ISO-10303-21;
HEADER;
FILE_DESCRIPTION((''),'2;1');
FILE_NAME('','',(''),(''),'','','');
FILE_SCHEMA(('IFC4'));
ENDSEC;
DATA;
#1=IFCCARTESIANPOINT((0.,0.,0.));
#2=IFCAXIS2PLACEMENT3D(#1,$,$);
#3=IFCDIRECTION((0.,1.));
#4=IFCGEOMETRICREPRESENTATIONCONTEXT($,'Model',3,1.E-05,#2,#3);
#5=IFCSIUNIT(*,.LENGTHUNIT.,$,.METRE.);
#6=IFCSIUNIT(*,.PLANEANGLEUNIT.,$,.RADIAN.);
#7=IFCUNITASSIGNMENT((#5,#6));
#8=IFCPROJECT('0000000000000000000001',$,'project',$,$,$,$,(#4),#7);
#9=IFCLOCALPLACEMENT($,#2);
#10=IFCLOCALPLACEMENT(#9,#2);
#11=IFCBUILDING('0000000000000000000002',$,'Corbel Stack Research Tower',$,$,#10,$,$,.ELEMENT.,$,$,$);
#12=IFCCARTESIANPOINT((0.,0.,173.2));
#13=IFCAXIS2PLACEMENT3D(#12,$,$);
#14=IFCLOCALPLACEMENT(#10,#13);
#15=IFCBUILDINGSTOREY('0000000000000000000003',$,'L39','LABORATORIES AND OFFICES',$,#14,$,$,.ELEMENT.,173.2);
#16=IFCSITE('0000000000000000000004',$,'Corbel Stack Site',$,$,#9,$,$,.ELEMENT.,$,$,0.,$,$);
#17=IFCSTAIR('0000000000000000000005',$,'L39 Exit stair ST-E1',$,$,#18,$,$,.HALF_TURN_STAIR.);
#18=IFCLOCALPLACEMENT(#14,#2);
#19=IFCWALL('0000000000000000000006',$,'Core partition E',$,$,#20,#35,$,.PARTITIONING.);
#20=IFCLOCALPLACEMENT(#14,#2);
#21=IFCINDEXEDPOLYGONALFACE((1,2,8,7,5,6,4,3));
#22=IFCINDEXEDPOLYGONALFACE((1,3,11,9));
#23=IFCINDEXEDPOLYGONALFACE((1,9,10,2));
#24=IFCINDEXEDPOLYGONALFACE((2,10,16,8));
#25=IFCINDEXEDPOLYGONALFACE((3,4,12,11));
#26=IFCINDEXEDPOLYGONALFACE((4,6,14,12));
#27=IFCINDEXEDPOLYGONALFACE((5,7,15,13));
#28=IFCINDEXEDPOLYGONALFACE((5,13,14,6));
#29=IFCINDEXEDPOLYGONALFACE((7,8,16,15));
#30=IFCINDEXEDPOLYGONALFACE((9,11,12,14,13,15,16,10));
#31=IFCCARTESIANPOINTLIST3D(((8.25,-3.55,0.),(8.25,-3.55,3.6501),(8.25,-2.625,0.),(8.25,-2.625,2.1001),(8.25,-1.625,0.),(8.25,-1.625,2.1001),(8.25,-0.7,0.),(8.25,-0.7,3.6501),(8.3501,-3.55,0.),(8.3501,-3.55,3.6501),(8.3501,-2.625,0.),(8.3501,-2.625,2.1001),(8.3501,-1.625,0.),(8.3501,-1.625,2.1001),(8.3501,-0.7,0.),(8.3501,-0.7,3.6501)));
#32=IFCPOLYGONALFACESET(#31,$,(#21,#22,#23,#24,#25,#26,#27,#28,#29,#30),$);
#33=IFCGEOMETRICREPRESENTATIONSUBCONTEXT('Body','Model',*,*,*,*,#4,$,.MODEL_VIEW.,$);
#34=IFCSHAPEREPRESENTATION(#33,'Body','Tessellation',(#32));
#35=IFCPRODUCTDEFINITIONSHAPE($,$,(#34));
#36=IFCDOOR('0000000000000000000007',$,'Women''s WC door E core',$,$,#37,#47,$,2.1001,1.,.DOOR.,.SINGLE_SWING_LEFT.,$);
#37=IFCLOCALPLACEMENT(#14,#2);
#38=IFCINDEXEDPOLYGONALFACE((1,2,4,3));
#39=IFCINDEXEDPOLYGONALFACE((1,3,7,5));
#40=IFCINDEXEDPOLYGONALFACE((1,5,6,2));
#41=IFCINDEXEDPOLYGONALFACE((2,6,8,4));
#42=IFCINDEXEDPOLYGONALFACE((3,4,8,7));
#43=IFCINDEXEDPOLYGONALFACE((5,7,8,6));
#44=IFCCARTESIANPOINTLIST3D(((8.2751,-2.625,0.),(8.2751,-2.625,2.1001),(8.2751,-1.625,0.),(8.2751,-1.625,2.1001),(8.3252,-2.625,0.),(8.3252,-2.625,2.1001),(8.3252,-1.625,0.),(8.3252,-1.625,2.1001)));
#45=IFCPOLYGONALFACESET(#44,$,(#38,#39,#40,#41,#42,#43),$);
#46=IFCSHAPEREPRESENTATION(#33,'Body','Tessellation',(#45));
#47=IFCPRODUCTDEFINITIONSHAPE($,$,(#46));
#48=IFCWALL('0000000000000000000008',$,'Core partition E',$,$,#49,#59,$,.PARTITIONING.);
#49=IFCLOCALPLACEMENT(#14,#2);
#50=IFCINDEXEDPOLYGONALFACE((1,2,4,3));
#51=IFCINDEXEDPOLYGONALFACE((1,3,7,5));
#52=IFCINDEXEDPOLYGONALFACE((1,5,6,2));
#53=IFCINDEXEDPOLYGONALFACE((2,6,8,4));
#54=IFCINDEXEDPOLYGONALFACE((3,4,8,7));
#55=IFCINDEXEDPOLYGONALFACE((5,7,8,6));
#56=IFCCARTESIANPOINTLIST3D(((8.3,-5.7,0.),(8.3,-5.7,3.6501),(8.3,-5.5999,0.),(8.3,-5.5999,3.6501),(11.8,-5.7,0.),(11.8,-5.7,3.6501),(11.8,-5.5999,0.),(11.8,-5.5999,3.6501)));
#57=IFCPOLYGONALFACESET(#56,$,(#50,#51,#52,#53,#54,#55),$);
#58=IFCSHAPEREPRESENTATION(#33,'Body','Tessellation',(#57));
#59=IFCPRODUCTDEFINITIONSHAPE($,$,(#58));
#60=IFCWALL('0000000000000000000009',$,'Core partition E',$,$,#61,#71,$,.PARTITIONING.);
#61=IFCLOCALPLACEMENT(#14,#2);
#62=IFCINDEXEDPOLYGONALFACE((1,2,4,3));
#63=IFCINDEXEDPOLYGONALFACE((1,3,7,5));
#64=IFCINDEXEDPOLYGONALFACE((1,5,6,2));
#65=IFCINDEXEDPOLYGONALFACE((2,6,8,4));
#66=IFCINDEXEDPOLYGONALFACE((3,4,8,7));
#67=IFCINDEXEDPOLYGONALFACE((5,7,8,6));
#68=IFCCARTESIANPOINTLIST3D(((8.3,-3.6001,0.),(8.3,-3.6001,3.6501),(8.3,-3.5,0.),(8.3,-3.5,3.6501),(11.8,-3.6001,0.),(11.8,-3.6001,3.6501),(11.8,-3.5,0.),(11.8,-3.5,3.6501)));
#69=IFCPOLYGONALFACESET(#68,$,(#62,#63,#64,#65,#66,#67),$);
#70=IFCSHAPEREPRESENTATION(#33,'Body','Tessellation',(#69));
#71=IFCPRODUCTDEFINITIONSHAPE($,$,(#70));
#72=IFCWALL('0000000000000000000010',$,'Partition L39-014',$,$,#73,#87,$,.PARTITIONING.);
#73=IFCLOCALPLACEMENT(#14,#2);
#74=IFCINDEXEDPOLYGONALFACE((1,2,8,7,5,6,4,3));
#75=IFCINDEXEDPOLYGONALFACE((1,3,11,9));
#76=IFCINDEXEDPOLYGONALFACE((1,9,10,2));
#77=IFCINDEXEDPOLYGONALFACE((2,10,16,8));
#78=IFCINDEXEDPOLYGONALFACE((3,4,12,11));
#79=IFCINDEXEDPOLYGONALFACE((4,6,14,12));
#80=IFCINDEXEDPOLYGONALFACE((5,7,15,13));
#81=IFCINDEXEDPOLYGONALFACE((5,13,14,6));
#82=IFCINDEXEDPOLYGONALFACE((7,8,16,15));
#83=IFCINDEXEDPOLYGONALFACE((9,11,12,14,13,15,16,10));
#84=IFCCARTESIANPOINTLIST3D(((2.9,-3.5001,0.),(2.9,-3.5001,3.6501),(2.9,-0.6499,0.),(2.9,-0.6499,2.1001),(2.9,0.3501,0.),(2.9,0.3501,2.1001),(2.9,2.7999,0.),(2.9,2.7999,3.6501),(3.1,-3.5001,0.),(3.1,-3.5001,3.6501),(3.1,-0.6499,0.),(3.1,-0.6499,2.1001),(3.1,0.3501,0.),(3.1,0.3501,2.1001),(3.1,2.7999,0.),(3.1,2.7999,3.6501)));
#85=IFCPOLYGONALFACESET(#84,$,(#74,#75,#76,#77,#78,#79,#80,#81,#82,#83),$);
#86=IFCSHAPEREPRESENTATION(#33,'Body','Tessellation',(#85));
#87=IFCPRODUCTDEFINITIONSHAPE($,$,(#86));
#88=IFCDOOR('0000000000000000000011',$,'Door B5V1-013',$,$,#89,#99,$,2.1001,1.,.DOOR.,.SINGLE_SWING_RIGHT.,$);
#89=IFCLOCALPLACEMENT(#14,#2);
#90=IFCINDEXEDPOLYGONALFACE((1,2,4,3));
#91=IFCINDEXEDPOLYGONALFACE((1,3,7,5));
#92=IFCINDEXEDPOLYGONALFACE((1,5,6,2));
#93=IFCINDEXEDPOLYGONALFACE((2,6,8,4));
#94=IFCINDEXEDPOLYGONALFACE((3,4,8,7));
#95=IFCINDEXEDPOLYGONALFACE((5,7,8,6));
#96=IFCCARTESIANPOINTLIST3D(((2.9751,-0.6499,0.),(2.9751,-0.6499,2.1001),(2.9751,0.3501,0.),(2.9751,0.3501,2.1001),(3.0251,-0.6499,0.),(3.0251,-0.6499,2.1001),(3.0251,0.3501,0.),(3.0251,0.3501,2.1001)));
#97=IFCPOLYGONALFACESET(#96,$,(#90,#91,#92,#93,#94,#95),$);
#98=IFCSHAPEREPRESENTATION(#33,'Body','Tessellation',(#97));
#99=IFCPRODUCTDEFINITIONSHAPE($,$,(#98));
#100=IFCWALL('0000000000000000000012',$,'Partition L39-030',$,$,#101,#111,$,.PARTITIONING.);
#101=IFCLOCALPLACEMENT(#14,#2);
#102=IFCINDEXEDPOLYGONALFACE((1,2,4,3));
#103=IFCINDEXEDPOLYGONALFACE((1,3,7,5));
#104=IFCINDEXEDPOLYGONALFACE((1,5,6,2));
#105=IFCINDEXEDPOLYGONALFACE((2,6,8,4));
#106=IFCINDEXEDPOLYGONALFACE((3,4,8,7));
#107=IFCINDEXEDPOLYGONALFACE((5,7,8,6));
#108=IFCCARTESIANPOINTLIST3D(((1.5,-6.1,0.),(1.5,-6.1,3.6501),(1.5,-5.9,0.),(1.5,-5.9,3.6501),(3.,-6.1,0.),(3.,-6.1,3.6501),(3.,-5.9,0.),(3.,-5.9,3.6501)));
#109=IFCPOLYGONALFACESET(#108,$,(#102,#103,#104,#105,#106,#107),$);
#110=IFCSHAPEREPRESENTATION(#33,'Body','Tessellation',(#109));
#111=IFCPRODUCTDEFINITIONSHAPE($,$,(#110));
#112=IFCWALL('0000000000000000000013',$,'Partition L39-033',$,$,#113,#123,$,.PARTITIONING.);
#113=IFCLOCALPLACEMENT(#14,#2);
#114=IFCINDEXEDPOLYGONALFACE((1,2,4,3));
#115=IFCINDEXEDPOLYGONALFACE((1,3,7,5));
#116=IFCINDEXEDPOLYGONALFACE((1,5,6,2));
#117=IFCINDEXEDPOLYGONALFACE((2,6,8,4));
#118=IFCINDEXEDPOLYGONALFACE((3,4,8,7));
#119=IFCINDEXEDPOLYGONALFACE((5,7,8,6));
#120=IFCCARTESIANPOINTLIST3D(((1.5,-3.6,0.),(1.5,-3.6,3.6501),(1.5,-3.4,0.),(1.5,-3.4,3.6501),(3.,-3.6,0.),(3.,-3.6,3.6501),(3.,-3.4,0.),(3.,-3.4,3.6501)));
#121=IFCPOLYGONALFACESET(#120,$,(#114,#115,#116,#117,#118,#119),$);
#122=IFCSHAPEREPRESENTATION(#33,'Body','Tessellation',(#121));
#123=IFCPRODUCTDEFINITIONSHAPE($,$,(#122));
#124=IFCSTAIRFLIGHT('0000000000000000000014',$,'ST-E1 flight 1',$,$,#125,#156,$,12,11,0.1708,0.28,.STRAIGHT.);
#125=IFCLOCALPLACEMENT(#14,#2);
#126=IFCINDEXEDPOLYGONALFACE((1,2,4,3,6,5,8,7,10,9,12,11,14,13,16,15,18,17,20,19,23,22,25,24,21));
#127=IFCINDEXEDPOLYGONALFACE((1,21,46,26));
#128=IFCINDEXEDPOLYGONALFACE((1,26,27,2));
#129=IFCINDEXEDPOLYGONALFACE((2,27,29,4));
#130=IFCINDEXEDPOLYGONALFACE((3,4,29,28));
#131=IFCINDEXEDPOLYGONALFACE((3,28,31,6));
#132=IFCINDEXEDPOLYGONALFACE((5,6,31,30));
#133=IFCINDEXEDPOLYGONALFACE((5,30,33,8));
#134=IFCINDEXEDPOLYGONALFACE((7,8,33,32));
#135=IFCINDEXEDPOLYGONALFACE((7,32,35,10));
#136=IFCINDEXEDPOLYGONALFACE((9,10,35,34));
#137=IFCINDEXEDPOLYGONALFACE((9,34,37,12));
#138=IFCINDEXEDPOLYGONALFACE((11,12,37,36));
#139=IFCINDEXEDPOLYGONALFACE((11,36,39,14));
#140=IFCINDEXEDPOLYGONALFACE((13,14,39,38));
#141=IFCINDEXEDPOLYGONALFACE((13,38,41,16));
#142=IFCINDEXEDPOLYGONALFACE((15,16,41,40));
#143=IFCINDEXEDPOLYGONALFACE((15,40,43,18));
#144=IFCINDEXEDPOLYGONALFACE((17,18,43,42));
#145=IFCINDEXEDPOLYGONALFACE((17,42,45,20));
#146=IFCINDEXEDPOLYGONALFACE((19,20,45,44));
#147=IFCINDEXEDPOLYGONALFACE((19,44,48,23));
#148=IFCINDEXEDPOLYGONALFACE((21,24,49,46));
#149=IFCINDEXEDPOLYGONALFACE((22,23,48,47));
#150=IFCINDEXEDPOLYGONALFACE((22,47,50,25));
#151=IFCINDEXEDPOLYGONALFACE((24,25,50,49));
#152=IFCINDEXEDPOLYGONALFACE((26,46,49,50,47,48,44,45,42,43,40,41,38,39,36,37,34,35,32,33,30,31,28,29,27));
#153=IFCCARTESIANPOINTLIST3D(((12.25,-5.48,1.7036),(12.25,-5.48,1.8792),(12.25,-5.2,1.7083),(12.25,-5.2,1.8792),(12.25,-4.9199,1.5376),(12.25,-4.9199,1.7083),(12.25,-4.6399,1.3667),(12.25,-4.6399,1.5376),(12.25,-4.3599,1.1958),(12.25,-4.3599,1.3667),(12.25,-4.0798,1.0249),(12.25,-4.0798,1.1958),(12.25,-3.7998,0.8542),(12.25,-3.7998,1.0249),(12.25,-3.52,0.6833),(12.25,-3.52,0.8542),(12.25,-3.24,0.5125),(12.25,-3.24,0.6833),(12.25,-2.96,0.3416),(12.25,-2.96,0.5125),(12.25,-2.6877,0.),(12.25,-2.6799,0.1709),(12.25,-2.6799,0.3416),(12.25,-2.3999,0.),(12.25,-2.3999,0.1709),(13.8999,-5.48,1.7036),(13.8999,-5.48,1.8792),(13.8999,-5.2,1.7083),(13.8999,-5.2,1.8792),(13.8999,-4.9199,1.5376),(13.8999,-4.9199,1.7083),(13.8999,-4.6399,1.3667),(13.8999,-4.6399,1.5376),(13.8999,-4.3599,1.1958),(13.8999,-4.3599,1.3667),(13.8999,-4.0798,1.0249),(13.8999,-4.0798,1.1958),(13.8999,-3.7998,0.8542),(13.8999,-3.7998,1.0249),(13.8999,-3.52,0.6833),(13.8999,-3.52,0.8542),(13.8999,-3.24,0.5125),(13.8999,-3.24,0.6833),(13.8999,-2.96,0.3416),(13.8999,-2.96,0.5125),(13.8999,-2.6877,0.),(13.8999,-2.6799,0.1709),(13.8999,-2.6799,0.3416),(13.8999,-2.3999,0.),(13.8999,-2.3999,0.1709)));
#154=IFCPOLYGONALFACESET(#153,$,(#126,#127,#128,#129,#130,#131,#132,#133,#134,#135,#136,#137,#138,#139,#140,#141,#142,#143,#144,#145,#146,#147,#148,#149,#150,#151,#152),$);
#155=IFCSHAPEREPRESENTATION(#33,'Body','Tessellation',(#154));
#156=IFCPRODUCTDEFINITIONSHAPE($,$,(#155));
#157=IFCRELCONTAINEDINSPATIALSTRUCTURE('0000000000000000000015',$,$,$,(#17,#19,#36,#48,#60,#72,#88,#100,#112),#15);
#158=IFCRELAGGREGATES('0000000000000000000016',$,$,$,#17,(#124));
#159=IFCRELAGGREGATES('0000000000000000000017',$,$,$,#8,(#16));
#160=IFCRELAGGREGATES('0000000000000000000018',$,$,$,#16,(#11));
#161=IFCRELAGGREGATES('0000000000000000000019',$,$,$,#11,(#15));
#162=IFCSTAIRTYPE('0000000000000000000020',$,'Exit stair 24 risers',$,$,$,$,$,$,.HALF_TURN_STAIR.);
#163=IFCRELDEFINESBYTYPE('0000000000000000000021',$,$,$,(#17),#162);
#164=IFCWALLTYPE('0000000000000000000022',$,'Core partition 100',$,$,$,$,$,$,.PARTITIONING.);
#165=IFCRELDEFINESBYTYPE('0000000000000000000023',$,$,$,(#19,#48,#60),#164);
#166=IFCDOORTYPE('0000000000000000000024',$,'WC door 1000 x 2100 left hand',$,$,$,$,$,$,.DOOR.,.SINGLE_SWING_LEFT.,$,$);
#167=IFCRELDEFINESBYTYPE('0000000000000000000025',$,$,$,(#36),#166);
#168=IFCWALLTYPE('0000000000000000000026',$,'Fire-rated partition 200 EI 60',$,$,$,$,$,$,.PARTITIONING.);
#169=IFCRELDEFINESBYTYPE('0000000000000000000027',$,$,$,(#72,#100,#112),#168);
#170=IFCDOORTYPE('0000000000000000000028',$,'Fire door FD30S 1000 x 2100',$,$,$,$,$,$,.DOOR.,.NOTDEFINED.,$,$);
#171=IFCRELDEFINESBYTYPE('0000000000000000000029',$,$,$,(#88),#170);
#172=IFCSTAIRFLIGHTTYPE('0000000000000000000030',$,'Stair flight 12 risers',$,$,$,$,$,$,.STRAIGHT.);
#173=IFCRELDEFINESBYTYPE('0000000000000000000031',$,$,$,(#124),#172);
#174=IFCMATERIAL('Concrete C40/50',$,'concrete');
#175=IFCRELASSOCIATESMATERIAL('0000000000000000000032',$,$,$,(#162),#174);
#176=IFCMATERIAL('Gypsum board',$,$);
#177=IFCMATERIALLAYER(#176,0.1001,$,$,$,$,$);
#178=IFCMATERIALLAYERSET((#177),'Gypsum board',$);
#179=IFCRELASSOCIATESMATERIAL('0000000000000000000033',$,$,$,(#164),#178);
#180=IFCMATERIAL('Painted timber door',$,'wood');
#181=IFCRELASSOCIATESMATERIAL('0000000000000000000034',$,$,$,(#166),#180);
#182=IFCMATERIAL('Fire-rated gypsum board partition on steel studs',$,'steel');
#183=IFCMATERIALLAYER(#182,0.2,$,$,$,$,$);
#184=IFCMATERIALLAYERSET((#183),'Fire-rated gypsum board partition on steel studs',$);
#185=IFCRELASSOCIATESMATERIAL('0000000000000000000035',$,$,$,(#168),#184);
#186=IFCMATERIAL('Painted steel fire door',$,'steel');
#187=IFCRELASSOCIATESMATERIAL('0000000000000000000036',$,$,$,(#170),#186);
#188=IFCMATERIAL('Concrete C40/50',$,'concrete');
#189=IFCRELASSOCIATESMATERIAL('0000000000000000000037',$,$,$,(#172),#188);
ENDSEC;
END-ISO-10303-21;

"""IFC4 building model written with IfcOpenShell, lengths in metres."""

from ifc_helpers import new_model, si_unit, direction, frame, frame_2d, origin, place, context, subcontext, project, spatial, polyline, rectangle, outline, extrude, material, layer, layer_set, type_object, element, fill, aggregate, save


model = new_model("IFC4")

# Units and contexts
model_context = context("Model", 3, precision=1e-05, world=origin(), true_north=direction((0.0, 1.0)))
body_context = subcontext(model_context, "Body", "Model", "MODEL_VIEW")
ifc_project = project(units=[si_unit("LENGTHUNIT", "METRE"), si_unit("PLANEANGLEUNIT", "RADIAN")], contexts=[model_context])

# Site, building, storey
site_placement = place(None, origin())
site = spatial("IfcSite", under=ifc_project, at=site_placement, Name="Corbel Stack Site", CompositionType="ELEMENT", RefElevation=0.0)
building_placement = place(site_placement, origin())
building = spatial("IfcBuilding", under=site, at=building_placement, Name="Corbel Stack Research Tower", CompositionType="ELEMENT")
storey_placement = place(building_placement, frame((0.0, 0.0, 173.2)))
storey = spatial("IfcBuildingStorey", under=building, at=storey_placement, Name="L39", Description="LABORATORIES AND OFFICES", CompositionType="ELEMENT", Elevation=173.2)

# Stair
ifc_material_1 = material(Name="Concrete C40/50", Category="concrete")
stair_type = type_object("IfcStairType", Name="Exit stair 24 risers", PredefinedType="HALF_TURN_STAIR", material=ifc_material_1)
stair_1_placement = place(storey_placement, origin())
stair_1 = element("IfcStair", 1, at=stair_1_placement, inside=storey, type_object=stair_type, Name="L39 Exit stair ST-E1", PredefinedType="HALF_TURN_STAIR")

# Wall, opening, door
ifc_material_2 = material(Name="Gypsum board")
ifc_layer_1 = layer(ifc_material_2, 0.1001)
ifc_layer_set_1 = layer_set([ifc_layer_1], Name="Gypsum board")
wall_type_1 = type_object("IfcWallType", Name="Core partition 100", PredefinedType="PARTITIONING", material=ifc_layer_set_1)
wall_1_placement = place(storey_placement, frame((8.3, -3.55, 0.0), z_axis=(0.0, 0.0, 1.0), x_axis=(0.0, 1.0, 0.0)))
wall_1 = element("IfcWall", 2, at=wall_1_placement, inside=storey, type_object=wall_type_1, Name="Core partition E", PredefinedType="PARTITIONING", context=body_context, shape_type="SweptSolid", body=[
    extrude(rectangle(XDim=2.8501, YDim=0.1001, at=frame_2d((1.425, 0.0))), origin(), (0.0, 0.0, 1.0), 3.6501),
])
opening_1_placement = place(wall_1_placement, frame((0.925, 0.0, 0.0)))
opening_1 = element("IfcOpeningElement", 3, at=opening_1_placement, cuts=wall_1, PredefinedType="OPENING", context=body_context, shape_type="SweptSolid", body=[
    extrude(rectangle(XDim=1.0, YDim=2.1001, at=frame_2d((0.5, 1.05))), frame((0.0, 0.0601, 0.0), z_axis=(0.0, -1.0, 0.0), x_axis=(1.0, 0.0, 0.0)), (0.0, 0.0, 1.0), 0.1201),
])
ifc_material_3 = material(Name="Painted timber door", Category="wood")
door_type_1 = type_object("IfcDoorType", Name="WC door 1000 x 2100 left hand", OperationType="SINGLE_SWING_LEFT", PredefinedType="DOOR", material=ifc_material_3)
door_1_placement = place(opening_1_placement, origin())
door_1 = element("IfcDoor", 4, at=door_1_placement, inside=storey, type_object=door_type_1, Name="Women's WC door E core", OperationType="SINGLE_SWING_LEFT", OverallHeight=2.1001, OverallWidth=1.0, PredefinedType="DOOR", context=body_context, shape_type="SweptSolid", body=[
    extrude(rectangle(XDim=1.0, YDim=2.1001, at=frame_2d((0.5, 1.05))), frame((0.0, 0.0249, 0.0), z_axis=(0.0, -1.0, 0.0), x_axis=(1.0, 0.0, 0.0)), (0.0, 0.0, 1.0), 0.05),
])
fill(opening_1, door_1)

# Walls
for number, where, z_axis, x_axis, name in (
    (5, (8.3, -5.6499, 0.0), (0.0, 0.0, 1.0), (1.0, 0.0, 0.0), "Core partition E"),
    (6, (8.3, -3.55, 0.0), (0.0, 0.0, 1.0), (1.0, 0.0, 0.0), "Core partition E"),
):
    element("IfcWall", number, at=place(storey_placement, frame(where, z_axis=z_axis, x_axis=x_axis)), inside=storey, type_object=wall_type_1, Name=name, PredefinedType="PARTITIONING", context=body_context, shape_type="SweptSolid", body=[
        extrude(rectangle(XDim=3.5, YDim=0.1001, at=frame_2d((1.75, 0.0))), origin(), (0.0, 0.0, 1.0), 3.6501),
    ])

# Wall, opening, door
ifc_material_4 = material(Name="Fire-rated gypsum board partition on steel studs", Category="steel")
ifc_layer_2 = layer(ifc_material_4, 0.2)
ifc_layer_set_2 = layer_set([ifc_layer_2], Name="Fire-rated gypsum board partition on steel studs")
wall_type_2 = type_object("IfcWallType", Name="Fire-rated partition 200 EI 60", PredefinedType="PARTITIONING", material=ifc_layer_set_2)
wall_2_placement = place(storey_placement, frame((3.0, -3.5, 0.0), z_axis=(0.0, 0.0, 1.0), x_axis=(0.0, 1.0, 0.0)))
wall_2 = element("IfcWall", 7, at=wall_2_placement, inside=storey, type_object=wall_type_2, Name="Partition L39-014", PredefinedType="PARTITIONING", context=body_context, shape_type="SweptSolid", body=[
    extrude(rectangle(XDim=6.3, YDim=0.2, at=frame_2d((3.1499, 0.0))), origin(), (0.0, 0.0, 1.0), 3.6501),
])
opening_2_placement = place(wall_2_placement, frame((2.8501, 0.0, 0.0)))
opening_2 = element("IfcOpeningElement", 8, at=opening_2_placement, cuts=wall_2, PredefinedType="OPENING", context=body_context, shape_type="SweptSolid", body=[
    extrude(rectangle(XDim=1.0, YDim=2.1001, at=frame_2d((0.5, 1.05))), frame((0.0, 0.1099, 0.0), z_axis=(0.0, -1.0, 0.0), x_axis=(1.0, 0.0, 0.0)), (0.0, 0.0, 1.0), 0.22),
])
ifc_material_5 = material(Name="Painted steel fire door", Category="steel")
door_type_2 = type_object("IfcDoorType", Name="Fire door FD30S 1000 x 2100", OperationType="NOTDEFINED", PredefinedType="DOOR", material=ifc_material_5)
door_2_placement = place(opening_2_placement, origin())
door_2 = element("IfcDoor", 9, at=door_2_placement, inside=storey, type_object=door_type_2, Name="Door B5V1-013", OperationType="SINGLE_SWING_RIGHT", OverallHeight=2.1001, OverallWidth=1.0, PredefinedType="DOOR", context=body_context, shape_type="SweptSolid", body=[
    extrude(rectangle(XDim=1.0, YDim=2.1001, at=frame_2d((0.5, 1.05))), frame((0.0, 0.0249, 0.0), z_axis=(0.0, -1.0, 0.0), x_axis=(1.0, 0.0, 0.0)), (0.0, 0.0, 1.0), 0.05),
])
fill(opening_2, door_2)

# Walls
for number, where, z_axis, x_axis, name in (
    (10, (1.5, -6.0, 0.0), (0.0, 0.0, 1.0), (1.0, 0.0, 0.0), "Partition L39-030"),
    (11, (1.5, -3.5, 0.0), (0.0, 0.0, 1.0), (1.0, 0.0, 0.0), "Partition L39-033"),
):
    element("IfcWall", number, at=place(storey_placement, frame(where, z_axis=z_axis, x_axis=x_axis)), inside=storey, type_object=wall_type_2, Name=name, PredefinedType="PARTITIONING", context=body_context, shape_type="SweptSolid", body=[
        extrude(rectangle(XDim=1.5, YDim=0.2, at=frame_2d((0.75, 0.0))), origin(), (0.0, 0.0, 1.0), 3.6501),
    ])

# Stair flight
ifc_material_6 = material(Name="Concrete C40/50", Category="concrete")
stair_flight_type = type_object("IfcStairFlightType", Name="Stair flight 12 risers", PredefinedType="STRAIGHT", material=ifc_material_6)
stair_flight_placement = place(storey_placement, frame((13.075, -2.3999, 0.0), z_axis=(0.0, 0.0, 1.0), x_axis=(0.0, -1.0, 0.0)))
stair_flight = element("IfcStairFlight", 12, at=stair_flight_placement, type_object=stair_flight_type, Name="ST-E1 flight 1", NumberOfRisers=12, NumberOfTreads=11, PredefinedType="STRAIGHT", RiserHeight=0.1708, TreadLength=0.28, context=body_context, shape_type="SweptSolid", body=[
    extrude(outline(polyline([(0.0, 0.0), (0.0, 0.1709), (0.28, 0.1709), (0.28, 0.3416), (0.5601, 0.3416), (0.5601, 0.5125), (0.8401, 0.5125), (0.8401, 0.6833), (1.1201, 0.6833), (1.1201, 0.8542), (1.3999, 0.8542), (1.3999, 1.0249), (1.6799, 1.0249), (1.6799, 1.1958), (1.96, 1.1958), (1.96, 1.3667), (2.24, 1.3667), (2.24, 1.5376), (2.52, 1.5376), (2.52, 1.7083), (2.8, 1.7083), (2.8, 1.8792), (3.0801, 1.8792), (3.0801, 2.05), (3.0801, 1.7036), (0.2878, 0.0), (0.0, 0.0)])), frame((0.0, 0.825, 0.0), z_axis=(0.0, -1.0, 0.0), x_axis=(1.0, 0.0, 0.0)), (0.0, 0.0, 1.0), 1.6499),
])
aggregate(stair_1, [stair_flight])

save(model, "model.ifc")
